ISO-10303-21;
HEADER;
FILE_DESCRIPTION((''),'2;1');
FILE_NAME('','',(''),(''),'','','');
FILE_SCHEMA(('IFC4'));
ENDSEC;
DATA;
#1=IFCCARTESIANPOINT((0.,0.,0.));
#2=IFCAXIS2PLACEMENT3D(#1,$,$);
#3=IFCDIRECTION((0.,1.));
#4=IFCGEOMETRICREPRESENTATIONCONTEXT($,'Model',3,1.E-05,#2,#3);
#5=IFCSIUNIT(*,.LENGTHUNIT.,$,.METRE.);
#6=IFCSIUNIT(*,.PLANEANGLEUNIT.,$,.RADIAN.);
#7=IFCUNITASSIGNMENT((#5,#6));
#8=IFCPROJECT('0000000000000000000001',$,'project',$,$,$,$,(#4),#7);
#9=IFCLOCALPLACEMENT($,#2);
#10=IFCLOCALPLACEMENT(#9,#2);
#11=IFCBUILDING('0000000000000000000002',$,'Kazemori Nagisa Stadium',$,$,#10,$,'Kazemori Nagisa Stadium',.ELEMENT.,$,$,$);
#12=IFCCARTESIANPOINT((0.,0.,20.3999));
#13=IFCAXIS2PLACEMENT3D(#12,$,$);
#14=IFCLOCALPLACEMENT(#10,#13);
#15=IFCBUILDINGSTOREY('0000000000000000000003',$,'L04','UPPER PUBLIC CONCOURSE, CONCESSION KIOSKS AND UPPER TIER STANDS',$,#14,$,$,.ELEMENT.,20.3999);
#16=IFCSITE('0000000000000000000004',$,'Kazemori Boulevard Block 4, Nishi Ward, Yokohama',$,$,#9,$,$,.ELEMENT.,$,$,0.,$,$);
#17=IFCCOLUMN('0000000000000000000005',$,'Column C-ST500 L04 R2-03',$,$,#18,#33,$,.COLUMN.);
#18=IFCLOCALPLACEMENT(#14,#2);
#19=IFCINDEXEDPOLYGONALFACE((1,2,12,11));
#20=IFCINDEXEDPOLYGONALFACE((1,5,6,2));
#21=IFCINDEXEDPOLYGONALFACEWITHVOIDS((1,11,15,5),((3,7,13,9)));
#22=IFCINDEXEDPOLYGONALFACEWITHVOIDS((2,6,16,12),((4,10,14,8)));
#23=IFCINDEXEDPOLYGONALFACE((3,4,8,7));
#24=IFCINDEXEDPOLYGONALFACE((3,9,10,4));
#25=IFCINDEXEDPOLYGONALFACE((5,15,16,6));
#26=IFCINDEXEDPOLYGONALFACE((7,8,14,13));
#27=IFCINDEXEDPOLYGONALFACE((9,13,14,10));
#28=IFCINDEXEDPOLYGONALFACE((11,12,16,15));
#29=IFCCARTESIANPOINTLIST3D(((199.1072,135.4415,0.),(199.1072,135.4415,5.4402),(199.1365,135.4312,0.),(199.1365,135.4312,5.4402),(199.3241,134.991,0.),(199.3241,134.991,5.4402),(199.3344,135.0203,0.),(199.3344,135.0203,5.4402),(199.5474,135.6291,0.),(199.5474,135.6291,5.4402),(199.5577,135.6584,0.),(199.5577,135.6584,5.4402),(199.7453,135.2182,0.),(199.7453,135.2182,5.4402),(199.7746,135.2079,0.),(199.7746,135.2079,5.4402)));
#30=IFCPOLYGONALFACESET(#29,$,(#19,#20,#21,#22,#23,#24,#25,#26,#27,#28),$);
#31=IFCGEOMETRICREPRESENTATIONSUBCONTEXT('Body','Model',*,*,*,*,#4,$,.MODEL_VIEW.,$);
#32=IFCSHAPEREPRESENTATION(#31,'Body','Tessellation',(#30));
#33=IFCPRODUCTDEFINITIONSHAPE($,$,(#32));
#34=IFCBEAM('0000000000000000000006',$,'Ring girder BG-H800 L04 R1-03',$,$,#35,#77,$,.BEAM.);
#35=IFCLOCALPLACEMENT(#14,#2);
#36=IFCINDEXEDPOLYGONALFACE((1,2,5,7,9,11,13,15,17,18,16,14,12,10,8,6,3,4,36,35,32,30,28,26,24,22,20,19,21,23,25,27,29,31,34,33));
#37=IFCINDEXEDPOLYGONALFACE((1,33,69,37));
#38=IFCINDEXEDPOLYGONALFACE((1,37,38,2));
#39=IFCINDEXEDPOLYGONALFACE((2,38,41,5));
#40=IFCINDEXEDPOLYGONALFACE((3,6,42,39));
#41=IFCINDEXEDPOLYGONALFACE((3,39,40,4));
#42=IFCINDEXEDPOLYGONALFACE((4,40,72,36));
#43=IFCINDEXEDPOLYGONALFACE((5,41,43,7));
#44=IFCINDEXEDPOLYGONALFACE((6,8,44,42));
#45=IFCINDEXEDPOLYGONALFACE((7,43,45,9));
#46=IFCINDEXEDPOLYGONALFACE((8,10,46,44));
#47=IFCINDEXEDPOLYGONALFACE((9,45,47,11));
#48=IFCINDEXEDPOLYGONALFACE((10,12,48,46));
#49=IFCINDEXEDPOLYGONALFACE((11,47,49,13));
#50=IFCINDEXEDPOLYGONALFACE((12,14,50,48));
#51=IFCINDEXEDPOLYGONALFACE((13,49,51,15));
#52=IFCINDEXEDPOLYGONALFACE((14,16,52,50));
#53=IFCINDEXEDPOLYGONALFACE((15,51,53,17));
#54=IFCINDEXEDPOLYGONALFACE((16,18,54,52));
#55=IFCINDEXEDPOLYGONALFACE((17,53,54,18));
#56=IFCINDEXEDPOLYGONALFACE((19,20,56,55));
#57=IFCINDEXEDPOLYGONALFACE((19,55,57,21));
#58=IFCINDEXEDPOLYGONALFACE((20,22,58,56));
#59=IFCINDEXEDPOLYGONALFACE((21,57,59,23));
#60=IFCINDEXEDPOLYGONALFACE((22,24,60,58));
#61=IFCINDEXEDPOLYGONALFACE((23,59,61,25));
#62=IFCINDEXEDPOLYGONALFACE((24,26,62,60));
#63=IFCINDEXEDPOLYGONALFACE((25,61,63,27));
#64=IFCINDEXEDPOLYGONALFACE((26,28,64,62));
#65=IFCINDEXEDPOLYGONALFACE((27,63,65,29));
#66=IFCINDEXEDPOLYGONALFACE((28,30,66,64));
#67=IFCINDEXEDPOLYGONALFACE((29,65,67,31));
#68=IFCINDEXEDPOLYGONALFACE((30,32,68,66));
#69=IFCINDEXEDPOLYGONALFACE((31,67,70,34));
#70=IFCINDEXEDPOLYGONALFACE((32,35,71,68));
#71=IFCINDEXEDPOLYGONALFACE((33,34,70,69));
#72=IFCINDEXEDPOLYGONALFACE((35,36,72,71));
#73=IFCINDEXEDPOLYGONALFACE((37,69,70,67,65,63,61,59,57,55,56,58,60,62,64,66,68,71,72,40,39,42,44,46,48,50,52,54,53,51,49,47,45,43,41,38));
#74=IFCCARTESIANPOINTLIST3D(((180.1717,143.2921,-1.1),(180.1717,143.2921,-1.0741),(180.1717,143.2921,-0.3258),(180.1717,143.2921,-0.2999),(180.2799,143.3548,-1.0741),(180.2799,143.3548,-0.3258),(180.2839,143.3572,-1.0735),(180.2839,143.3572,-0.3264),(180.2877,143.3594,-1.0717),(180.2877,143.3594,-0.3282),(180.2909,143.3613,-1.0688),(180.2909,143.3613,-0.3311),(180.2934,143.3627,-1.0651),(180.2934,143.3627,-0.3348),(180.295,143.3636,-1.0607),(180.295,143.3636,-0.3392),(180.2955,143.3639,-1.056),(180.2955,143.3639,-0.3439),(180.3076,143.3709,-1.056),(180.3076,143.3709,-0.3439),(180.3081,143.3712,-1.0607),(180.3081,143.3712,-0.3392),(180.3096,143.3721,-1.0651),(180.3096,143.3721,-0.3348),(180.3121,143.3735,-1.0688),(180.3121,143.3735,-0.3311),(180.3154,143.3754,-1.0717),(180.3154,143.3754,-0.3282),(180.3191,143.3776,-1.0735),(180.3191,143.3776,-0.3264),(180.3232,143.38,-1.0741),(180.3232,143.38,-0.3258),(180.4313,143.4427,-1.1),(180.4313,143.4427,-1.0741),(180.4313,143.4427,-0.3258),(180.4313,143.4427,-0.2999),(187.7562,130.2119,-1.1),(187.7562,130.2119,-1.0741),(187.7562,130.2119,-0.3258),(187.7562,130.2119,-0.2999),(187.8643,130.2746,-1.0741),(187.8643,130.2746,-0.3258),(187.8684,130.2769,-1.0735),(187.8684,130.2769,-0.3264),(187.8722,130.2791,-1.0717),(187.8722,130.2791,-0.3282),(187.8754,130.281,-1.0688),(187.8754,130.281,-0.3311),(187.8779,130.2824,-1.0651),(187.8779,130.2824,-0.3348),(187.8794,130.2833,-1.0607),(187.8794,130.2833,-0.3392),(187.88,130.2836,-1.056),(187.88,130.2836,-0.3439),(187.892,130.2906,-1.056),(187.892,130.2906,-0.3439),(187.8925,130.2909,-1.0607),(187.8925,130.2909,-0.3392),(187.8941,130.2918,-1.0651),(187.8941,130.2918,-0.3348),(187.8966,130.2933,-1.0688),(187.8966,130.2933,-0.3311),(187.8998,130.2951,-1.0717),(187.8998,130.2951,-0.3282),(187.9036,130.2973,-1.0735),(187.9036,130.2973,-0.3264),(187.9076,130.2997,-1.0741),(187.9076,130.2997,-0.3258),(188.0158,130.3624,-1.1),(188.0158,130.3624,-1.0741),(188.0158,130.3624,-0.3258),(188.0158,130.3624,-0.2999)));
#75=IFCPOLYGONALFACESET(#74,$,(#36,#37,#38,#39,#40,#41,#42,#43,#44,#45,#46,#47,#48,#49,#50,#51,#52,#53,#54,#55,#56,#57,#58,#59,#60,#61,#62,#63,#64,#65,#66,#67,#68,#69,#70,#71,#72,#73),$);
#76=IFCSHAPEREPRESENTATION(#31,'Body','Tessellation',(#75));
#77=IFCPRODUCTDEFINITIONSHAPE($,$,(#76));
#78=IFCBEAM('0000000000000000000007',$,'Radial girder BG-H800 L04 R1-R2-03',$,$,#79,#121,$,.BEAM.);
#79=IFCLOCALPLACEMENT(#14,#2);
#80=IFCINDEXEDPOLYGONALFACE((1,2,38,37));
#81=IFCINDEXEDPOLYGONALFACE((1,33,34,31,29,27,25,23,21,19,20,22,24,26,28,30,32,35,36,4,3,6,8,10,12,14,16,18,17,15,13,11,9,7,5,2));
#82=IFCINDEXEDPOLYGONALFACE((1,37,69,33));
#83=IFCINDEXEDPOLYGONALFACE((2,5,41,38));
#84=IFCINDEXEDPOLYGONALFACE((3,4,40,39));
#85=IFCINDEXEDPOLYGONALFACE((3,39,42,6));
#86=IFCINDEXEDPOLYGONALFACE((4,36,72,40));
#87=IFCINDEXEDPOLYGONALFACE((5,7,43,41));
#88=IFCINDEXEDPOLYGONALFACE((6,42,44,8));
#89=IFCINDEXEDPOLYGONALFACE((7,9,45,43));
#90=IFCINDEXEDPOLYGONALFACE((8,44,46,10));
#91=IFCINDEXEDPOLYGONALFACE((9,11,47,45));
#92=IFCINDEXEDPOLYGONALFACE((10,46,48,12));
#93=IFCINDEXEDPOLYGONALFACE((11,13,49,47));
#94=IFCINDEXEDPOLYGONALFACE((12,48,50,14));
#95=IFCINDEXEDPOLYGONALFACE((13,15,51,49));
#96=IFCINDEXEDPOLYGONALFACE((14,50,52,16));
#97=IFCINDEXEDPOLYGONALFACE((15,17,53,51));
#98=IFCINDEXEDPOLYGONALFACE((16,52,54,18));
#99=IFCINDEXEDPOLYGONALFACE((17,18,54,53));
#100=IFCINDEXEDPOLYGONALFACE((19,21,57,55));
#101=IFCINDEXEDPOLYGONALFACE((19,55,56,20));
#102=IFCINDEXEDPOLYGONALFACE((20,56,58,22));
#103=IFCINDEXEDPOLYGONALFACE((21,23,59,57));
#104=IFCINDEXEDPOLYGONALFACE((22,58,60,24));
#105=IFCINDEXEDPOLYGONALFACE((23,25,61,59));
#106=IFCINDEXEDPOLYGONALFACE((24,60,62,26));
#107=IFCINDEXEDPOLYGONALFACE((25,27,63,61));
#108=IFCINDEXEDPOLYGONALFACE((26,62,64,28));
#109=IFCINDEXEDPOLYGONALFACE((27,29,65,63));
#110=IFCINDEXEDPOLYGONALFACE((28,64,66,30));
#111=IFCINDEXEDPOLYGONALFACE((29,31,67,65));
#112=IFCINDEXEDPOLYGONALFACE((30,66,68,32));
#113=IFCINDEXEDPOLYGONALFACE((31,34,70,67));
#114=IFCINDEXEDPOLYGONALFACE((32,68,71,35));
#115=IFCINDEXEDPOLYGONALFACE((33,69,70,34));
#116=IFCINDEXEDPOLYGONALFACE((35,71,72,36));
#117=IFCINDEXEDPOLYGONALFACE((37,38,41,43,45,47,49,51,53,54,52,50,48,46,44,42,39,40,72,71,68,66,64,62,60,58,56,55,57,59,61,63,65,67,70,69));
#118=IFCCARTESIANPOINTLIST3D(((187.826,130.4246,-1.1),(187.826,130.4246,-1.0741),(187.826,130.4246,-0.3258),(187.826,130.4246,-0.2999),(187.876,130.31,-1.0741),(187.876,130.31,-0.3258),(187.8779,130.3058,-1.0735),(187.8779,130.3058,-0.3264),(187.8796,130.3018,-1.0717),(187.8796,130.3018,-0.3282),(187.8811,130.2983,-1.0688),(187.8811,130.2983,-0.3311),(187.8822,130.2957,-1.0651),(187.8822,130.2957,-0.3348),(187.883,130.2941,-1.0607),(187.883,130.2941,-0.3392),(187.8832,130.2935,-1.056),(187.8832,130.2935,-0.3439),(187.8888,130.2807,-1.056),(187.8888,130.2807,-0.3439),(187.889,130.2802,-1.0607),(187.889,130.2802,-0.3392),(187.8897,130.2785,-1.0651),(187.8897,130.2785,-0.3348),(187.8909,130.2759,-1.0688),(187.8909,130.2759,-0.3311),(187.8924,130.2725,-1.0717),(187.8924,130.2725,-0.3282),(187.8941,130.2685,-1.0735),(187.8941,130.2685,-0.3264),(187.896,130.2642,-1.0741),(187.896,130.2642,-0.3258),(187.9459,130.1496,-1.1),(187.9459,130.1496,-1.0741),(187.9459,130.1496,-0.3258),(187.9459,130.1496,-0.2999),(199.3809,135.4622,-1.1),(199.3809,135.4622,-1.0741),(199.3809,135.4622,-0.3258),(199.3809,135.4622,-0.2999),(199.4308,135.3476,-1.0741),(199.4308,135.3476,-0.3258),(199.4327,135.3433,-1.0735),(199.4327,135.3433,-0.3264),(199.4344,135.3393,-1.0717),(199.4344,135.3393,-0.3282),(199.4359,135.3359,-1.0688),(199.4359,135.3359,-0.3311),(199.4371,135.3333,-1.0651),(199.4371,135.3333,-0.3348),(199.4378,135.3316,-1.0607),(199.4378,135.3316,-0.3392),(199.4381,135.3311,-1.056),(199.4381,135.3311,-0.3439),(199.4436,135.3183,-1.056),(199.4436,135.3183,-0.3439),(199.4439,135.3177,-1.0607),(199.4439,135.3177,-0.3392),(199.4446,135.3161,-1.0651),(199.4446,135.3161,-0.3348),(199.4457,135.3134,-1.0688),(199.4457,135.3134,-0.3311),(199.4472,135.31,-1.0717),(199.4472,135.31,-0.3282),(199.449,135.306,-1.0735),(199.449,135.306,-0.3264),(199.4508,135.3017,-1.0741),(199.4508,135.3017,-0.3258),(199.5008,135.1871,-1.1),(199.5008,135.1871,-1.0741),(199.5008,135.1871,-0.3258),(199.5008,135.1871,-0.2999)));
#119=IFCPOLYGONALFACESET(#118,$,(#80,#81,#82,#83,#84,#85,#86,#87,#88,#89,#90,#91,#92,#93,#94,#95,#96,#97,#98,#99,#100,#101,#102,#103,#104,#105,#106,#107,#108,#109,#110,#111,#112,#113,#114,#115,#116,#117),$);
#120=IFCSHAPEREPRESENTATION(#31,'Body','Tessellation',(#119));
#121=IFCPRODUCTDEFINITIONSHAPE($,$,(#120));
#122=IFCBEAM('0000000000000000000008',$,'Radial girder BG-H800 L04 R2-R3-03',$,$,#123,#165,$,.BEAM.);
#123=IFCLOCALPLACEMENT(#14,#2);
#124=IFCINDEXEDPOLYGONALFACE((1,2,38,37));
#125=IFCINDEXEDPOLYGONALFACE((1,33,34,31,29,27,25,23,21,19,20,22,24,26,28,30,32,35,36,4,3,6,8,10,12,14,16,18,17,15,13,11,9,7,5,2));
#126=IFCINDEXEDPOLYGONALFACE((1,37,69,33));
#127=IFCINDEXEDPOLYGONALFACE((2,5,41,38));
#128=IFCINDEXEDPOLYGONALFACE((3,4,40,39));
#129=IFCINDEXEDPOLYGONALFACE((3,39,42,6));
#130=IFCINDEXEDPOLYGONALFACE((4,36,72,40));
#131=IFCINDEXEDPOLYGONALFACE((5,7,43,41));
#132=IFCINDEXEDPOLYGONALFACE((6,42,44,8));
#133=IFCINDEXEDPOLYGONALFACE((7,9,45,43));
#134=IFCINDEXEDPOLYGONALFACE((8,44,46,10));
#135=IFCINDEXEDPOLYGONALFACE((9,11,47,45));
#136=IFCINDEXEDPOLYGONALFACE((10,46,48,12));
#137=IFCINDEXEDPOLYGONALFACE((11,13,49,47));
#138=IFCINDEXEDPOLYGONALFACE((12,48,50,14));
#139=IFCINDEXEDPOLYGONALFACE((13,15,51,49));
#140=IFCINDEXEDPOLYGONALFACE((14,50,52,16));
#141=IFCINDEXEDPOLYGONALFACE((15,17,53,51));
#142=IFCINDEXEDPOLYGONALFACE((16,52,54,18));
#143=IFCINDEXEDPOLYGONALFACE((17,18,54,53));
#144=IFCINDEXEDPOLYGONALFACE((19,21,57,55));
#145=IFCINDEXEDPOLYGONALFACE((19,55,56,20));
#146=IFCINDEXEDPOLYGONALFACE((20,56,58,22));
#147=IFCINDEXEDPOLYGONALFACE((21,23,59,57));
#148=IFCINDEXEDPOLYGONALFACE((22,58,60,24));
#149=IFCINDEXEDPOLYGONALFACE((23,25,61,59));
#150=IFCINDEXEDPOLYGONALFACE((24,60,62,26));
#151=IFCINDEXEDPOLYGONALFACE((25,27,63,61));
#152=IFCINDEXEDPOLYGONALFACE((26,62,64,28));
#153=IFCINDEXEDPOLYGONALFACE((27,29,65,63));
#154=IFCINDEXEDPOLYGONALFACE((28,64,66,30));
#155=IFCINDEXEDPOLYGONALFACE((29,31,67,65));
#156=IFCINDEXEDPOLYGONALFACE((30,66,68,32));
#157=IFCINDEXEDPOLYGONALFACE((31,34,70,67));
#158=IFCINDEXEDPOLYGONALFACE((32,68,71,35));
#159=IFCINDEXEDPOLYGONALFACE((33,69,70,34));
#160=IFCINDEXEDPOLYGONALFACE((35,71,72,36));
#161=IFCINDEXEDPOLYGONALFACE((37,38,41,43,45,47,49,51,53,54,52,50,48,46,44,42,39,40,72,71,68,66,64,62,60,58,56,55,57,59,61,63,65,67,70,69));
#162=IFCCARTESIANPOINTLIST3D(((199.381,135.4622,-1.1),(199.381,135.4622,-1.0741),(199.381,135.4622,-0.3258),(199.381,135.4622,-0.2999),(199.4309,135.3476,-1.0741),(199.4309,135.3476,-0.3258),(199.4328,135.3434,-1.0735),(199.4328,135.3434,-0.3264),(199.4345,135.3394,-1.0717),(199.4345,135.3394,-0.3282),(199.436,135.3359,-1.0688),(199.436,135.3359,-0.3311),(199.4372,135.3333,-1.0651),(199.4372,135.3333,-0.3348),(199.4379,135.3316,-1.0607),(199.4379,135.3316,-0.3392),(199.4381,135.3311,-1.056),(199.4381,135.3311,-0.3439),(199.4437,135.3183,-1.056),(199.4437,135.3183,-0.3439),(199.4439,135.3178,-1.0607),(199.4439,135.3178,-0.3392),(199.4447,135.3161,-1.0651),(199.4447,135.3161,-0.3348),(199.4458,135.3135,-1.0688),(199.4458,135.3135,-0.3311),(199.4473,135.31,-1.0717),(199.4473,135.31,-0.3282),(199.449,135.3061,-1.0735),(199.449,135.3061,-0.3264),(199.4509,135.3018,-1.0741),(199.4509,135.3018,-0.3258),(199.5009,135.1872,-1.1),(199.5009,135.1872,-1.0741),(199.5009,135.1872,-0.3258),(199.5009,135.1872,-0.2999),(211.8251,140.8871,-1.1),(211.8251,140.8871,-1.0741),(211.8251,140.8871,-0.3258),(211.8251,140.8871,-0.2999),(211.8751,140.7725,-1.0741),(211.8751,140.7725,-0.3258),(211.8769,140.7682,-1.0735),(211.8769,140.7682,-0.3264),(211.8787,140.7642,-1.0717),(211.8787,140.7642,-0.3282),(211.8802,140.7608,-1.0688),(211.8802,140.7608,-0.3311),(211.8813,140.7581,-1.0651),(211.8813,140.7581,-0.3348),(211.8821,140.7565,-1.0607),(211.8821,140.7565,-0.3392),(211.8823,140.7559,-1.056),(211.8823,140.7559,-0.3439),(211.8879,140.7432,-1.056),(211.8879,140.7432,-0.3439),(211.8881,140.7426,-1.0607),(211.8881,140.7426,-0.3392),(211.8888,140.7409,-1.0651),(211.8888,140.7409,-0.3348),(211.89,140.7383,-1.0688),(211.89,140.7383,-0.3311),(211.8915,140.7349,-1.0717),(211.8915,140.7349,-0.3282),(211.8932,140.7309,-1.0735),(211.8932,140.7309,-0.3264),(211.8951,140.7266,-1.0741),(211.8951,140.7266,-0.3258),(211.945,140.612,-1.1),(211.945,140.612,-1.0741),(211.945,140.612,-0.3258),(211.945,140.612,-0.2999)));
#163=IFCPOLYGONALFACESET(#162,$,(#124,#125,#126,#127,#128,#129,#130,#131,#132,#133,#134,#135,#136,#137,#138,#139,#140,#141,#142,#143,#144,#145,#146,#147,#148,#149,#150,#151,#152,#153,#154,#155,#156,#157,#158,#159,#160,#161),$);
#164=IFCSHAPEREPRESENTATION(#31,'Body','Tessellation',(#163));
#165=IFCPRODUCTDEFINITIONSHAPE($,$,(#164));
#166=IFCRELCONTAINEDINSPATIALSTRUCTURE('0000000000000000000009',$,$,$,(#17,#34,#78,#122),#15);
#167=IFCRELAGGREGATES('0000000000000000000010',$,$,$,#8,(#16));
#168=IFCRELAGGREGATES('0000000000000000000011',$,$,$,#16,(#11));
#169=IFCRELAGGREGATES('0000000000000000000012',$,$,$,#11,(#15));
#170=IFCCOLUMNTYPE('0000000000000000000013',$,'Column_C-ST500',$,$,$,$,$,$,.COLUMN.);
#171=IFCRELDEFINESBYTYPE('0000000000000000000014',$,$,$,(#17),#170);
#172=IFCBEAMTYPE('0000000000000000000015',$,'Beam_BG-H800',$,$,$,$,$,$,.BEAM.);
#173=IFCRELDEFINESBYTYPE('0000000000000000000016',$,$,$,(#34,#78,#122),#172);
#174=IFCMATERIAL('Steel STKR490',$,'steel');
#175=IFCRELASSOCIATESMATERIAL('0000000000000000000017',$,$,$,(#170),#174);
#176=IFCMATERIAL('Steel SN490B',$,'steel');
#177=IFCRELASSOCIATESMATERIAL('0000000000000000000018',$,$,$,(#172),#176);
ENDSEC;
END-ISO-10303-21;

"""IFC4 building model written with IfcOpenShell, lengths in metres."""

from ifc_helpers import new_model, si_unit, direction, frame, origin, origin_2d, place, context, subcontext, project, spatial, hollow_rectangle, i_section, extrude, material, material_profile, profile_set, type_object, element, save


model = new_model("IFC4")

# Units and contexts
model_context = context("Model", 3, precision=1e-05, world=origin(), true_north=direction((0.0, 1.0)))
body_context = subcontext(model_context, "Body", "Model", "MODEL_VIEW")
ifc_project = project(units=[si_unit("LENGTHUNIT", "METRE"), si_unit("PLANEANGLEUNIT", "RADIAN")], contexts=[model_context])

# Site, building, storey
site_placement = place(None, origin())
site = spatial("IfcSite", under=ifc_project, at=site_placement, Name="Kazemori Boulevard Block 4, Nishi Ward, Yokohama", CompositionType="ELEMENT", RefElevation=0.0)
building_placement = place(site_placement, origin())
building = spatial("IfcBuilding", under=site, at=building_placement, Name="Kazemori Nagisa Stadium", LongName="Kazemori Nagisa Stadium", CompositionType="ELEMENT")
storey_placement = place(building_placement, frame((0.0, 0.0, 20.3999)))
storey = spatial("IfcBuildingStorey", under=building, at=storey_placement, Name="L04", Description="UPPER PUBLIC CONCOURSE, CONCESSION KIOSKS AND UPPER TIER STANDS", CompositionType="ELEMENT", Elevation=20.3999)

# Column
ifc_material_1 = material(Name="Steel STKR490", Category="steel")
ifc_material_profile_1 = material_profile(ifc_material_1, hollow_rectangle(XDim=0.5, YDim=0.5, WallThickness=0.022, at=origin_2d()), Name="SHS-500x500x22")
ifc_profile_set_1 = profile_set([ifc_material_profile_1], Name="Steel STKR490")
column_type = type_object("IfcColumnType", Name="Column_C-ST500", PredefinedType="COLUMN", material=ifc_profile_set_1)
column_placement = place(storey_placement, frame((199.4409, 135.3247, 0.0), z_axis=(0.0, 0.0, 1.0), x_axis=(0.900969, 0.433884, 0.0)))
element("IfcColumn", 1, at=column_placement, inside=storey, type_object=column_type, Name="Column C-ST500 L04 R2-03", PredefinedType="COLUMN", context=body_context, shape_type="SweptSolid", body=[
    extrude(hollow_rectangle(XDim=0.5, YDim=0.5, WallThickness=0.022, at=origin_2d()), origin(), (0.0, 0.0, 1.0), 5.4402),
])

# Beams
ifc_material_2 = material(Name="Steel SN490B", Category="steel")
ifc_material_profile_2 = material_profile(ifc_material_2, i_section(OverallWidth=0.3, OverallDepth=0.8, WebThickness=0.0139, FlangeThickness=0.0259, FilletRadius=0.0181, at=origin_2d()), Name="H-800x300x14x26")
ifc_profile_set_2 = profile_set([ifc_material_profile_2], Name="Steel SN490B")
beam_type_1 = type_object("IfcBeamType", Name="Beam_BG-H800", PredefinedType="BEAM", material=ifc_profile_set_2)
beam_1_placement = place(storey_placement, frame((187.886, 130.2871, -0.7), z_axis=(-0.501613, 0.865092, 0.0), x_axis=(-0.865092, -0.501613, 0.0)))
element("IfcBeam", 2, at=beam_1_placement, inside=storey, type_object=beam_type_1, Name="Ring girder BG-H800 L04 R1-03", PredefinedType="BEAM", context=body_context, shape_type="SweptSolid", body=[
    extrude(i_section(OverallWidth=0.3, OverallDepth=0.8, WebThickness=0.0139, FlangeThickness=0.0259, FilletRadius=0.0181, at=origin_2d()), origin(), (0.0, 0.0, 1.0), 15.1201),
])
beam_2_placement = place(storey_placement, frame((187.886, 130.2871, -0.7), z_axis=(0.916672, 0.399641, 0.0), x_axis=(-0.399641, 0.916672, 0.0)))
element("IfcBeam", 3, at=beam_2_placement, inside=storey, type_object=beam_type_1, Name="Radial girder BG-H800 L04 R1-R2-03", PredefinedType="BEAM", context=body_context, shape_type="SweptSolid", body=[
    extrude(i_section(OverallWidth=0.3, OverallDepth=0.8, WebThickness=0.0139, FlangeThickness=0.0259, FilletRadius=0.0181, at=origin_2d()), origin(), (0.0, 0.0, 1.0), 12.6052),
])
beam_3_placement = place(storey_placement, frame((199.4409, 135.3247, -0.7), z_axis=(0.916684, 0.399614, 0.0), x_axis=(-0.399614, 0.916684, 0.0)))
element("IfcBeam", 4, at=beam_3_placement, inside=storey, type_object=beam_type_1, Name="Radial girder BG-H800 L04 R2-R3-03", PredefinedType="BEAM", context=body_context, shape_type="SweptSolid", body=[
    extrude(i_section(OverallWidth=0.3, OverallDepth=0.8, WebThickness=0.0139, FlangeThickness=0.0259, FilletRadius=0.0181, at=origin_2d()), origin(), (0.0, 0.0, 1.0), 13.5752),
])

save(model, "model.ifc")
